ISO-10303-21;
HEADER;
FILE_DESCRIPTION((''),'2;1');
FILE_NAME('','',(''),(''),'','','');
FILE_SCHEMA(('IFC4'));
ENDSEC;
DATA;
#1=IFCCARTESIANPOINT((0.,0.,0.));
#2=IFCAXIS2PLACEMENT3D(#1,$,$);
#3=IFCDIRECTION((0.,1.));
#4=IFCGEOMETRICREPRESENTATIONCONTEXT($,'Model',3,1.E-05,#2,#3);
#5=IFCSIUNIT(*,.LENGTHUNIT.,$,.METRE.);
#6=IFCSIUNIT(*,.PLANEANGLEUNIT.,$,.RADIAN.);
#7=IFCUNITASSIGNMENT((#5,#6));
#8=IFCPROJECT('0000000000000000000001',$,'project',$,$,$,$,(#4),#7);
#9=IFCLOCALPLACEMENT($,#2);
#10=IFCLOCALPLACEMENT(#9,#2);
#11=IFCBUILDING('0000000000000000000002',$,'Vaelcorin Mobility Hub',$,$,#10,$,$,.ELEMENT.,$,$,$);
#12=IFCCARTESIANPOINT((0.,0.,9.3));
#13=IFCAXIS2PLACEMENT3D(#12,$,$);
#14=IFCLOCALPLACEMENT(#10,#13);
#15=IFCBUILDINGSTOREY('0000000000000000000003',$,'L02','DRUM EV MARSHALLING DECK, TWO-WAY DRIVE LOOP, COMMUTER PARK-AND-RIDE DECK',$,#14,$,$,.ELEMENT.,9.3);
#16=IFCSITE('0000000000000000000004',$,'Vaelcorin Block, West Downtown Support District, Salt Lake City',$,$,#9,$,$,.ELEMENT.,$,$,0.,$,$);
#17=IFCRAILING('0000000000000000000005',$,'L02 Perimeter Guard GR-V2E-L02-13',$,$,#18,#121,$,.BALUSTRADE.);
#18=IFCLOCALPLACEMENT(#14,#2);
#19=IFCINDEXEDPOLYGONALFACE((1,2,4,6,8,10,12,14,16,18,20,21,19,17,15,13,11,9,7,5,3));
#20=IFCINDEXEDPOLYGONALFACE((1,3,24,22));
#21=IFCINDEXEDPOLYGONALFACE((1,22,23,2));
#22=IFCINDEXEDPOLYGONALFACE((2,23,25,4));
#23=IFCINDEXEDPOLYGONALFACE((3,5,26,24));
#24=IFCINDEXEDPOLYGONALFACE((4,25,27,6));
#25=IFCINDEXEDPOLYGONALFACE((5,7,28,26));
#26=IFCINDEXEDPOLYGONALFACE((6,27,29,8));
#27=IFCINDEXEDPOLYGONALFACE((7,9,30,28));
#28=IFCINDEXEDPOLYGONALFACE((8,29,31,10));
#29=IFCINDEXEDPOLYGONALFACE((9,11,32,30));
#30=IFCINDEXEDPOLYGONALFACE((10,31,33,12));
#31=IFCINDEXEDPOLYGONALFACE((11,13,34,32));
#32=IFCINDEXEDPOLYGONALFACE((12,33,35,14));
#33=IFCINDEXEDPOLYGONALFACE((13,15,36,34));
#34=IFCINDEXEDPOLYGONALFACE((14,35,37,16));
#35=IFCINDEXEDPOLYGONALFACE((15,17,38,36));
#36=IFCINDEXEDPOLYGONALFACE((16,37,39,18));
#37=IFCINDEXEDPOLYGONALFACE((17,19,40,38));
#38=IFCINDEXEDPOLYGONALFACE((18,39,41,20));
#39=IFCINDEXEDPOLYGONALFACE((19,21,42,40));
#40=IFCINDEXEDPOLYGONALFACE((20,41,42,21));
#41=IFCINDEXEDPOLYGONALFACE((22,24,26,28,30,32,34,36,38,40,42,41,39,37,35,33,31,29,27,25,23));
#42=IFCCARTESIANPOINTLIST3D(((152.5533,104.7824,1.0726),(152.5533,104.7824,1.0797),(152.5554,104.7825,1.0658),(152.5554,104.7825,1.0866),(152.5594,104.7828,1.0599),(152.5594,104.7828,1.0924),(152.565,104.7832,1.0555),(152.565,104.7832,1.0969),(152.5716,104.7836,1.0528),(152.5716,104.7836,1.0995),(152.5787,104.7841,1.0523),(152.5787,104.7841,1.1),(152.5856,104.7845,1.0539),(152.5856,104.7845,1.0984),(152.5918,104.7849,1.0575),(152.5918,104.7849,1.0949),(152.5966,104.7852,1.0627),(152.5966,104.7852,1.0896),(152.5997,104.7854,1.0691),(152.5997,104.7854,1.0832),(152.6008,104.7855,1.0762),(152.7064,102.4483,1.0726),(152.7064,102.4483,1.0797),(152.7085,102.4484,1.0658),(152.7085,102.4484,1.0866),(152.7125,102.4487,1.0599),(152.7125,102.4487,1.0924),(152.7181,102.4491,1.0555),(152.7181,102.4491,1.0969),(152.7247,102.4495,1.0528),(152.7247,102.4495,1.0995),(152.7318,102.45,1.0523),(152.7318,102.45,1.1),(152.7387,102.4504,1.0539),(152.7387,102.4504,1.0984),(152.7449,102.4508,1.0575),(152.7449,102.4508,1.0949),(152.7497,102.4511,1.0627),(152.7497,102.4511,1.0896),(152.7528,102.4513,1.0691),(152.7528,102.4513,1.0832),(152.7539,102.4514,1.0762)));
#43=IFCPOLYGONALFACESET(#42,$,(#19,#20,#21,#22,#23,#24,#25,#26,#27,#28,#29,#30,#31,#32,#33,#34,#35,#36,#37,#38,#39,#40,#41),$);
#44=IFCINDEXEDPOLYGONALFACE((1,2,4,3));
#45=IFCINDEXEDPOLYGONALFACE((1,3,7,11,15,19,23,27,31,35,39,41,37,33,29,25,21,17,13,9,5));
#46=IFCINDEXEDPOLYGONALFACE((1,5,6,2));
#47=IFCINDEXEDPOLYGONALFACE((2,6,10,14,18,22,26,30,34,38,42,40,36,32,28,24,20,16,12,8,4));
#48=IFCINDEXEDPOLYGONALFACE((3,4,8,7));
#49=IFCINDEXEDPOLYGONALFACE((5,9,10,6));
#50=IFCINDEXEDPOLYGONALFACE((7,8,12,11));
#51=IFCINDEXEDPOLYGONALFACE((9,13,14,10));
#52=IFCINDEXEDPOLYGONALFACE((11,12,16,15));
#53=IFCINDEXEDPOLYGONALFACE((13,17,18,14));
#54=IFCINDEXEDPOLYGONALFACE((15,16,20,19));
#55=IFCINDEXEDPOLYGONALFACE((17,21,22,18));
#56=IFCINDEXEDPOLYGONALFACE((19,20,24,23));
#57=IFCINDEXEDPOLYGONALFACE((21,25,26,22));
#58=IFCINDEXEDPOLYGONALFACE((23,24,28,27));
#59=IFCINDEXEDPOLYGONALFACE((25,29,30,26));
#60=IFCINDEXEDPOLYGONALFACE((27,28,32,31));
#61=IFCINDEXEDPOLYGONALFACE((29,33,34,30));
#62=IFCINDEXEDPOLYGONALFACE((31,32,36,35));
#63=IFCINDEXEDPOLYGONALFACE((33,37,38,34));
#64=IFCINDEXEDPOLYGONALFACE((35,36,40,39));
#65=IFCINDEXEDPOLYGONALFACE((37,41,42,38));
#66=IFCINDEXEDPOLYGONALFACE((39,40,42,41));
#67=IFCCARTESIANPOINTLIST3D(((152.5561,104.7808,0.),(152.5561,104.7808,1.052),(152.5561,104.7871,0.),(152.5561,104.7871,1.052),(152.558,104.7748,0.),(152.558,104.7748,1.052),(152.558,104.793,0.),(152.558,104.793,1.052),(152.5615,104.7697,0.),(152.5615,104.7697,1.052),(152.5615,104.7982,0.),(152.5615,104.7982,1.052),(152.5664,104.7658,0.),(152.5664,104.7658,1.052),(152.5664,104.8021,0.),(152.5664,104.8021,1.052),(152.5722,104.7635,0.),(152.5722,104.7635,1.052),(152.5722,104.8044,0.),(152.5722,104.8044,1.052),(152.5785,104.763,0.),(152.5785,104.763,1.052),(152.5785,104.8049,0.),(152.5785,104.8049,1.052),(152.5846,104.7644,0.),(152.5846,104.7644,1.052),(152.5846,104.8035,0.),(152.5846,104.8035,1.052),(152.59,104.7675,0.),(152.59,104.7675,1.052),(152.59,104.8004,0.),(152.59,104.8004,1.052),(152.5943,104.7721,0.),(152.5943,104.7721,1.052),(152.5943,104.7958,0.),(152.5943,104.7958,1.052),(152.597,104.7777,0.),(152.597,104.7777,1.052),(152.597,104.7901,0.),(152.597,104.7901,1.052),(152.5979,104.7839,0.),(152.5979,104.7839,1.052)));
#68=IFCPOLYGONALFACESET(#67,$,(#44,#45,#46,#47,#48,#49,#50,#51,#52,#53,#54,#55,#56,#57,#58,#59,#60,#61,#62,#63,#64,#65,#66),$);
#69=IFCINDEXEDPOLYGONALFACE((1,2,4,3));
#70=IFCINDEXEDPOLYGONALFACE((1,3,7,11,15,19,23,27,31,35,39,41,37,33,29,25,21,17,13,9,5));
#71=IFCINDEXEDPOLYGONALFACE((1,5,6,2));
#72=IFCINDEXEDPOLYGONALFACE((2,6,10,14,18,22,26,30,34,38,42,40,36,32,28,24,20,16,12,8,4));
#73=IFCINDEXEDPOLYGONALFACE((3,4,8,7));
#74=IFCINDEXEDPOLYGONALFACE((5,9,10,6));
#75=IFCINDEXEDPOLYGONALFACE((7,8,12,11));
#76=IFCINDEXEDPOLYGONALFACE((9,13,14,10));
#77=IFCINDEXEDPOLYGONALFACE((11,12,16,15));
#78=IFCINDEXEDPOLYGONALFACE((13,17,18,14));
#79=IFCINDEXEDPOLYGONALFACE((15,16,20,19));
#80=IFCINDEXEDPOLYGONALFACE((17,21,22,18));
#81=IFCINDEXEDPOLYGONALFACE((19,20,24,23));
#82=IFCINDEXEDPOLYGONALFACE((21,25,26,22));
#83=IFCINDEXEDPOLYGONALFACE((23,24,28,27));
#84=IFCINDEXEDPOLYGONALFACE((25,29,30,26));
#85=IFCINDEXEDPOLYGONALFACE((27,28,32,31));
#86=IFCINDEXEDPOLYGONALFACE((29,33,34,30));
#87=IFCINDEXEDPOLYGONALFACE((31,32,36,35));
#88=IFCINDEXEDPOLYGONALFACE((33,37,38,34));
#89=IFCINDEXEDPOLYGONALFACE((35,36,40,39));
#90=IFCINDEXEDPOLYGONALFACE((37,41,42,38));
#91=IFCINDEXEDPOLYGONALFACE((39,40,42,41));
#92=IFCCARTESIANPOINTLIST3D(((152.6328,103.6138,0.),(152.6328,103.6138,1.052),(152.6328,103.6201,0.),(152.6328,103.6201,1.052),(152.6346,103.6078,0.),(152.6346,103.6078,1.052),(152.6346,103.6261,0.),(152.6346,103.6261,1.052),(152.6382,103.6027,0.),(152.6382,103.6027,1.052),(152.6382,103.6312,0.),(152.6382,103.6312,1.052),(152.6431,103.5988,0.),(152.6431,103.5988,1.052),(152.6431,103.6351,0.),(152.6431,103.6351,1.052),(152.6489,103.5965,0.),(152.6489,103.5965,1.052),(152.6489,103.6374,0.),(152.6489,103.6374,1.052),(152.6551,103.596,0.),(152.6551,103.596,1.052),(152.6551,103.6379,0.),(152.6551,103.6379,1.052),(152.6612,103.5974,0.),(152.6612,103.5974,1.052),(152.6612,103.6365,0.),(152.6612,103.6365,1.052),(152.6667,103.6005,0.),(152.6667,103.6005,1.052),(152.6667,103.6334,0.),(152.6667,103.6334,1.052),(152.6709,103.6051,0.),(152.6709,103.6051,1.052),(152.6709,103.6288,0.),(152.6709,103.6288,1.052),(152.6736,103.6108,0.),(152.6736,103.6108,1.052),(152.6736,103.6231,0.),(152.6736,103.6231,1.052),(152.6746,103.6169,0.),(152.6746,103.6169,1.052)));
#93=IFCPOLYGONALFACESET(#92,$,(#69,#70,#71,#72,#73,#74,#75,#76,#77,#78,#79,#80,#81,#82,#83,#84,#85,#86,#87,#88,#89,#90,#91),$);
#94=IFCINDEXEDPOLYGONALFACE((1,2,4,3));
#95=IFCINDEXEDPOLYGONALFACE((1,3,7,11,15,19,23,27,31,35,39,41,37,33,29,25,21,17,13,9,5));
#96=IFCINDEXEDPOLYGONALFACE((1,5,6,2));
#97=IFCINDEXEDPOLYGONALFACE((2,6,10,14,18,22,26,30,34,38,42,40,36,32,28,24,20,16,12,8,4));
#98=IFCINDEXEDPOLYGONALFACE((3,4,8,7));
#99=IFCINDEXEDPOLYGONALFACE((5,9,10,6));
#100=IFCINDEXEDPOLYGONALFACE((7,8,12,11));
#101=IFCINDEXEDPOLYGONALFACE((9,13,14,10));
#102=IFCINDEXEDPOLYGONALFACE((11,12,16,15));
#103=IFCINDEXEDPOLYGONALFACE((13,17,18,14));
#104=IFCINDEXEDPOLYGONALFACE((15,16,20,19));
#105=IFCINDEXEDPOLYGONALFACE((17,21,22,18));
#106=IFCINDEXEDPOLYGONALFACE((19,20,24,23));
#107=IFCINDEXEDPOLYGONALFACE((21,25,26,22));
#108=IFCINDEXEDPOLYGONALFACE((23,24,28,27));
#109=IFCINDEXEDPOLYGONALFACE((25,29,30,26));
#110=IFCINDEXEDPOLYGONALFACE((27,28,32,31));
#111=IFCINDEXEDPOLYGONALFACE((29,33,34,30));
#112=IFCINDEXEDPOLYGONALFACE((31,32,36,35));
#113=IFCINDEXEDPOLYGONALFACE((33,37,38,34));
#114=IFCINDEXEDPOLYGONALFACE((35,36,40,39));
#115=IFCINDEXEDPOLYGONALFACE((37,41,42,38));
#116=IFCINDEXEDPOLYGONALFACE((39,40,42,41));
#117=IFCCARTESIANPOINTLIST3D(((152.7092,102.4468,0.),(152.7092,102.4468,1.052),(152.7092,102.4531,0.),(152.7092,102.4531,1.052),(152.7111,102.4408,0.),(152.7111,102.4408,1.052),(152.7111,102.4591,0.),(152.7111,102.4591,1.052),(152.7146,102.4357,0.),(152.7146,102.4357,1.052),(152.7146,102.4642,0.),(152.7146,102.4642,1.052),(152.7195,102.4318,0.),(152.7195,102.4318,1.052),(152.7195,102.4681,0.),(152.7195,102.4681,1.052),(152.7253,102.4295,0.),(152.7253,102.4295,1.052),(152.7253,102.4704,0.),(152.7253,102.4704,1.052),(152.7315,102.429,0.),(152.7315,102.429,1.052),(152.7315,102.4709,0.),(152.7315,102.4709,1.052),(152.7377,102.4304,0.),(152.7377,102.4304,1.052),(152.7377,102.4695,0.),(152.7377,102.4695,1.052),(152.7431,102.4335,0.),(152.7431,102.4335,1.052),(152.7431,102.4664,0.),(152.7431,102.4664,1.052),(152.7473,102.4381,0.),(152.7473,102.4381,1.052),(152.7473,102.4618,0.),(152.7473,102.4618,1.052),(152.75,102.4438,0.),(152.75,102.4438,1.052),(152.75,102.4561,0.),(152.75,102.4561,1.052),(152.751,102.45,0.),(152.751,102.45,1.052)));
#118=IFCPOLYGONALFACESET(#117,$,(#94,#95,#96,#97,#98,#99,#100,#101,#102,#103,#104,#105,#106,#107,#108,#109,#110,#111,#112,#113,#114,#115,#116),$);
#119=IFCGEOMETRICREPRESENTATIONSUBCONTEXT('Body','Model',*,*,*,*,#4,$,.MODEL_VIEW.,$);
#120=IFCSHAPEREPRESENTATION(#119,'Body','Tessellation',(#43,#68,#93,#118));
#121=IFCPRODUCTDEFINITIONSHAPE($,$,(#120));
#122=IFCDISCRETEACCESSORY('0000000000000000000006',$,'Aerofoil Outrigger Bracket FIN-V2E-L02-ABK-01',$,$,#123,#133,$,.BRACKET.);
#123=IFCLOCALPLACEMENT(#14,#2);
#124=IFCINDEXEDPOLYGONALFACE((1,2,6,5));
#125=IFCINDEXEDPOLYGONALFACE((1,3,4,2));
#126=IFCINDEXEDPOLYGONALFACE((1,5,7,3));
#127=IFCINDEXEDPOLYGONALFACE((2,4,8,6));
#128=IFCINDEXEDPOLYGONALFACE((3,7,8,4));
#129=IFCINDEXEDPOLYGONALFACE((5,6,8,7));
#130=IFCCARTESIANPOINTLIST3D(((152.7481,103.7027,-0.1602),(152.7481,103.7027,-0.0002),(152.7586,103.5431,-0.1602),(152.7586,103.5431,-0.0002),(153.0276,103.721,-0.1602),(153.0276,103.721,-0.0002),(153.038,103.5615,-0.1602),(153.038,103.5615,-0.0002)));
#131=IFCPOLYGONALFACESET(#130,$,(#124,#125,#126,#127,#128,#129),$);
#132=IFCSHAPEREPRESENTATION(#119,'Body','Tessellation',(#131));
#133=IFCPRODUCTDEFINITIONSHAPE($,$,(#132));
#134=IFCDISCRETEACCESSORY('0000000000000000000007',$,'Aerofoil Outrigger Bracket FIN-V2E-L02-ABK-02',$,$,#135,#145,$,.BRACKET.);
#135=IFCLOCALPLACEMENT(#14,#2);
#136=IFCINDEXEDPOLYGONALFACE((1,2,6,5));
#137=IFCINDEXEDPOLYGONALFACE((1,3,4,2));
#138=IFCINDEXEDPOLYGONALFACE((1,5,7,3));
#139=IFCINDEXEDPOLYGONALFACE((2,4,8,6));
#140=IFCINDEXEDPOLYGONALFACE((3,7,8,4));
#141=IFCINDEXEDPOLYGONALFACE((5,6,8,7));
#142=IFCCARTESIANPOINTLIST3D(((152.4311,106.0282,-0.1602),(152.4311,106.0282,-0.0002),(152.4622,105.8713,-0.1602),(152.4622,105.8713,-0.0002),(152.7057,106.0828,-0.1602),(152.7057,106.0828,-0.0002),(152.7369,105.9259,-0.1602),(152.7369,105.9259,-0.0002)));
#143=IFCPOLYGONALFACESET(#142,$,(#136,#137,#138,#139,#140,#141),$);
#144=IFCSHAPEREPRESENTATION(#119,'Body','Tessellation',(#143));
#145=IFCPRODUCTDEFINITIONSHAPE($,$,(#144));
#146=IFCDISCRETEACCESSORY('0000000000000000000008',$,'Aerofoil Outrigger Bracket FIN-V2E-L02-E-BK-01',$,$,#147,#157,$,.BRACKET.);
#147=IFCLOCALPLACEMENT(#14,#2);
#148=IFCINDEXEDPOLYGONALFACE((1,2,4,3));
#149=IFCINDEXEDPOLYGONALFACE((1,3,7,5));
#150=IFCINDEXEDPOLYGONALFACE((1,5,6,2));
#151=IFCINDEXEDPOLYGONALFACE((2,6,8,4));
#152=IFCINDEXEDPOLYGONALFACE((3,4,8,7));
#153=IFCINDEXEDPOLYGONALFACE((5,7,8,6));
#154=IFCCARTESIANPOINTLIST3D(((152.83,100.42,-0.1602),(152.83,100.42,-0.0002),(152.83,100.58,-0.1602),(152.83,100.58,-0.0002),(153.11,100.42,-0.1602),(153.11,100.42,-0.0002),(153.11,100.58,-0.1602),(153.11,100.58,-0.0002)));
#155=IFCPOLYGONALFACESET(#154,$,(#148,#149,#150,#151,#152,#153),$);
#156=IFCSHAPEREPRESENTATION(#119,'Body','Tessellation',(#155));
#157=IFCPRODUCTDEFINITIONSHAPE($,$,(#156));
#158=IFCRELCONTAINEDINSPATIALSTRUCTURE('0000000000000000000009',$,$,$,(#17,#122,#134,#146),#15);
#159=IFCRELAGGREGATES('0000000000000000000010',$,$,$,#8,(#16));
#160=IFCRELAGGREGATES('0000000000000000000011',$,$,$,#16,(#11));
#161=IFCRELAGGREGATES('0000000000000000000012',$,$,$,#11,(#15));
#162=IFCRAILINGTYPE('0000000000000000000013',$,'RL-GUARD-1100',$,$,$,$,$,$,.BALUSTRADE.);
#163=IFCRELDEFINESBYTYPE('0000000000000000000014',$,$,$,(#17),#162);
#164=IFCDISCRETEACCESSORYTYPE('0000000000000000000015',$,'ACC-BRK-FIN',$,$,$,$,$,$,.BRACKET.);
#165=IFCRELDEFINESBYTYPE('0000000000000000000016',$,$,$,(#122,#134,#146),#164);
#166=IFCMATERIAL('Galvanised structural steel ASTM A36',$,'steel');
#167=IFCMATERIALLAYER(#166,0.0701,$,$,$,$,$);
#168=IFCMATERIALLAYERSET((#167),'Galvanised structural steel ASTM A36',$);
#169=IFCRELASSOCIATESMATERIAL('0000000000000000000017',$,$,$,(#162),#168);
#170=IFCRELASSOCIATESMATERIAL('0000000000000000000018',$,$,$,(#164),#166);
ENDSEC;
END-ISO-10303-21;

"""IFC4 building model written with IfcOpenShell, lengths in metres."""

from ifc_helpers import new_model, si_unit, direction, frame, origin, origin_2d, place, context, subcontext, project, spatial, rectangle, circle, extrude, material, layer, layer_set, type_object, element, save


model = new_model("IFC4")

# Units and contexts
model_context = context("Model", 3, precision=1e-05, world=origin(), true_north=direction((0.0, 1.0)))
body_context = subcontext(model_context, "Body", "Model", "MODEL_VIEW")
ifc_project = project(units=[si_unit("LENGTHUNIT", "METRE"), si_unit("PLANEANGLEUNIT", "RADIAN")], contexts=[model_context])

# Site, building, storey
site_placement = place(None, origin())
site = spatial("IfcSite", under=ifc_project, at=site_placement, Name="Vaelcorin Block, West Downtown Support District, Salt Lake City", CompositionType="ELEMENT", RefElevation=0.0)
building_placement = place(site_placement, origin())
building = spatial("IfcBuilding", under=site, at=building_placement, Name="Vaelcorin Mobility Hub", CompositionType="ELEMENT")
storey_placement = place(building_placement, frame((0.0, 0.0, 9.3)))
storey = spatial("IfcBuildingStorey", under=building, at=storey_placement, Name="L02", Description="DRUM EV MARSHALLING DECK, TWO-WAY DRIVE LOOP, COMMUTER PARK-AND-RIDE DECK", CompositionType="ELEMENT", Elevation=9.3)

# Railing
ifc_material_1 = material(Name="Galvanised structural steel ASTM A36", Category="steel")
ifc_layer_1 = layer(ifc_material_1, 0.0701)
ifc_layer_set_1 = layer_set([ifc_layer_1], Name="Galvanised structural steel ASTM A36")
railing_type = type_object("IfcRailingType", Name="RL-GUARD-1100", PredefinedType="BALUSTRADE", material=ifc_layer_set_1)
railing_1_placement = place(storey_placement, frame((152.5769, 104.7839, 0.0)))
element("IfcRailing", 1, at=railing_1_placement, inside=storey, type_object=railing_type, Name="L02 Perimeter Guard GR-V2E-L02-13", PredefinedType="BALUSTRADE", context=body_context, shape_type="SweptSolid", body=[
    extrude(circle(Radius=0.0239, at=origin_2d()), frame((0.0, 0.0, 1.0762), z_axis=(0.065445, -0.997856, 0.0), x_axis=(0.997856, 0.065445, 0.0)), (0.0, 0.0, 1.0), 2.3391),
    extrude(circle(Radius=0.021, at=origin_2d()), origin(), (0.0, 0.0, 1.0), 1.052),
    extrude(circle(Radius=0.021, at=origin_2d()), frame((0.0767, -1.167, 0.0)), (0.0, 0.0, 1.0), 1.052),
    extrude(circle(Radius=0.021, at=origin_2d()), frame((0.1531, -2.334, 0.0)), (0.0, 0.0, 1.0), 1.052),
])

# Discrete accessories
discrete_accessory_type = type_object("IfcDiscreteAccessoryType", Name="ACC-BRK-FIN", PredefinedType="BRACKET", material=ifc_material_1)
for number, where, z_axis, x_axis, name in (
    (2, (152.8931, 103.6321, -0.1602), (0.0, 0.0, 1.0), (0.997858, 0.065421, 0.0), "Aerofoil Outrigger Bracket FIN-V2E-L02-ABK-01"),
    (3, (152.584, 105.9771, -0.1602), (0.0, 0.0, 1.0), (0.980826, 0.194885, 0.0), "Aerofoil Outrigger Bracket FIN-V2E-L02-ABK-02"),
    (4, (152.97, 100.5, -0.1602), (0.0, 0.0, 1.0), (1.0, 0.0, 0.0), "Aerofoil Outrigger Bracket FIN-V2E-L02-E-BK-01"),
):
    element("IfcDiscreteAccessory", number, at=place(storey_placement, frame(where, z_axis=z_axis, x_axis=x_axis)), inside=storey, type_object=discrete_accessory_type, Name=name, PredefinedType="BRACKET", context=body_context, shape_type="SweptSolid", body=[
        extrude(rectangle(XDim=0.28, YDim=0.1599, at=origin_2d()), origin(), (0.0, 0.0, 1.0), 0.1599),
    ])

save(model, "model.ifc")
